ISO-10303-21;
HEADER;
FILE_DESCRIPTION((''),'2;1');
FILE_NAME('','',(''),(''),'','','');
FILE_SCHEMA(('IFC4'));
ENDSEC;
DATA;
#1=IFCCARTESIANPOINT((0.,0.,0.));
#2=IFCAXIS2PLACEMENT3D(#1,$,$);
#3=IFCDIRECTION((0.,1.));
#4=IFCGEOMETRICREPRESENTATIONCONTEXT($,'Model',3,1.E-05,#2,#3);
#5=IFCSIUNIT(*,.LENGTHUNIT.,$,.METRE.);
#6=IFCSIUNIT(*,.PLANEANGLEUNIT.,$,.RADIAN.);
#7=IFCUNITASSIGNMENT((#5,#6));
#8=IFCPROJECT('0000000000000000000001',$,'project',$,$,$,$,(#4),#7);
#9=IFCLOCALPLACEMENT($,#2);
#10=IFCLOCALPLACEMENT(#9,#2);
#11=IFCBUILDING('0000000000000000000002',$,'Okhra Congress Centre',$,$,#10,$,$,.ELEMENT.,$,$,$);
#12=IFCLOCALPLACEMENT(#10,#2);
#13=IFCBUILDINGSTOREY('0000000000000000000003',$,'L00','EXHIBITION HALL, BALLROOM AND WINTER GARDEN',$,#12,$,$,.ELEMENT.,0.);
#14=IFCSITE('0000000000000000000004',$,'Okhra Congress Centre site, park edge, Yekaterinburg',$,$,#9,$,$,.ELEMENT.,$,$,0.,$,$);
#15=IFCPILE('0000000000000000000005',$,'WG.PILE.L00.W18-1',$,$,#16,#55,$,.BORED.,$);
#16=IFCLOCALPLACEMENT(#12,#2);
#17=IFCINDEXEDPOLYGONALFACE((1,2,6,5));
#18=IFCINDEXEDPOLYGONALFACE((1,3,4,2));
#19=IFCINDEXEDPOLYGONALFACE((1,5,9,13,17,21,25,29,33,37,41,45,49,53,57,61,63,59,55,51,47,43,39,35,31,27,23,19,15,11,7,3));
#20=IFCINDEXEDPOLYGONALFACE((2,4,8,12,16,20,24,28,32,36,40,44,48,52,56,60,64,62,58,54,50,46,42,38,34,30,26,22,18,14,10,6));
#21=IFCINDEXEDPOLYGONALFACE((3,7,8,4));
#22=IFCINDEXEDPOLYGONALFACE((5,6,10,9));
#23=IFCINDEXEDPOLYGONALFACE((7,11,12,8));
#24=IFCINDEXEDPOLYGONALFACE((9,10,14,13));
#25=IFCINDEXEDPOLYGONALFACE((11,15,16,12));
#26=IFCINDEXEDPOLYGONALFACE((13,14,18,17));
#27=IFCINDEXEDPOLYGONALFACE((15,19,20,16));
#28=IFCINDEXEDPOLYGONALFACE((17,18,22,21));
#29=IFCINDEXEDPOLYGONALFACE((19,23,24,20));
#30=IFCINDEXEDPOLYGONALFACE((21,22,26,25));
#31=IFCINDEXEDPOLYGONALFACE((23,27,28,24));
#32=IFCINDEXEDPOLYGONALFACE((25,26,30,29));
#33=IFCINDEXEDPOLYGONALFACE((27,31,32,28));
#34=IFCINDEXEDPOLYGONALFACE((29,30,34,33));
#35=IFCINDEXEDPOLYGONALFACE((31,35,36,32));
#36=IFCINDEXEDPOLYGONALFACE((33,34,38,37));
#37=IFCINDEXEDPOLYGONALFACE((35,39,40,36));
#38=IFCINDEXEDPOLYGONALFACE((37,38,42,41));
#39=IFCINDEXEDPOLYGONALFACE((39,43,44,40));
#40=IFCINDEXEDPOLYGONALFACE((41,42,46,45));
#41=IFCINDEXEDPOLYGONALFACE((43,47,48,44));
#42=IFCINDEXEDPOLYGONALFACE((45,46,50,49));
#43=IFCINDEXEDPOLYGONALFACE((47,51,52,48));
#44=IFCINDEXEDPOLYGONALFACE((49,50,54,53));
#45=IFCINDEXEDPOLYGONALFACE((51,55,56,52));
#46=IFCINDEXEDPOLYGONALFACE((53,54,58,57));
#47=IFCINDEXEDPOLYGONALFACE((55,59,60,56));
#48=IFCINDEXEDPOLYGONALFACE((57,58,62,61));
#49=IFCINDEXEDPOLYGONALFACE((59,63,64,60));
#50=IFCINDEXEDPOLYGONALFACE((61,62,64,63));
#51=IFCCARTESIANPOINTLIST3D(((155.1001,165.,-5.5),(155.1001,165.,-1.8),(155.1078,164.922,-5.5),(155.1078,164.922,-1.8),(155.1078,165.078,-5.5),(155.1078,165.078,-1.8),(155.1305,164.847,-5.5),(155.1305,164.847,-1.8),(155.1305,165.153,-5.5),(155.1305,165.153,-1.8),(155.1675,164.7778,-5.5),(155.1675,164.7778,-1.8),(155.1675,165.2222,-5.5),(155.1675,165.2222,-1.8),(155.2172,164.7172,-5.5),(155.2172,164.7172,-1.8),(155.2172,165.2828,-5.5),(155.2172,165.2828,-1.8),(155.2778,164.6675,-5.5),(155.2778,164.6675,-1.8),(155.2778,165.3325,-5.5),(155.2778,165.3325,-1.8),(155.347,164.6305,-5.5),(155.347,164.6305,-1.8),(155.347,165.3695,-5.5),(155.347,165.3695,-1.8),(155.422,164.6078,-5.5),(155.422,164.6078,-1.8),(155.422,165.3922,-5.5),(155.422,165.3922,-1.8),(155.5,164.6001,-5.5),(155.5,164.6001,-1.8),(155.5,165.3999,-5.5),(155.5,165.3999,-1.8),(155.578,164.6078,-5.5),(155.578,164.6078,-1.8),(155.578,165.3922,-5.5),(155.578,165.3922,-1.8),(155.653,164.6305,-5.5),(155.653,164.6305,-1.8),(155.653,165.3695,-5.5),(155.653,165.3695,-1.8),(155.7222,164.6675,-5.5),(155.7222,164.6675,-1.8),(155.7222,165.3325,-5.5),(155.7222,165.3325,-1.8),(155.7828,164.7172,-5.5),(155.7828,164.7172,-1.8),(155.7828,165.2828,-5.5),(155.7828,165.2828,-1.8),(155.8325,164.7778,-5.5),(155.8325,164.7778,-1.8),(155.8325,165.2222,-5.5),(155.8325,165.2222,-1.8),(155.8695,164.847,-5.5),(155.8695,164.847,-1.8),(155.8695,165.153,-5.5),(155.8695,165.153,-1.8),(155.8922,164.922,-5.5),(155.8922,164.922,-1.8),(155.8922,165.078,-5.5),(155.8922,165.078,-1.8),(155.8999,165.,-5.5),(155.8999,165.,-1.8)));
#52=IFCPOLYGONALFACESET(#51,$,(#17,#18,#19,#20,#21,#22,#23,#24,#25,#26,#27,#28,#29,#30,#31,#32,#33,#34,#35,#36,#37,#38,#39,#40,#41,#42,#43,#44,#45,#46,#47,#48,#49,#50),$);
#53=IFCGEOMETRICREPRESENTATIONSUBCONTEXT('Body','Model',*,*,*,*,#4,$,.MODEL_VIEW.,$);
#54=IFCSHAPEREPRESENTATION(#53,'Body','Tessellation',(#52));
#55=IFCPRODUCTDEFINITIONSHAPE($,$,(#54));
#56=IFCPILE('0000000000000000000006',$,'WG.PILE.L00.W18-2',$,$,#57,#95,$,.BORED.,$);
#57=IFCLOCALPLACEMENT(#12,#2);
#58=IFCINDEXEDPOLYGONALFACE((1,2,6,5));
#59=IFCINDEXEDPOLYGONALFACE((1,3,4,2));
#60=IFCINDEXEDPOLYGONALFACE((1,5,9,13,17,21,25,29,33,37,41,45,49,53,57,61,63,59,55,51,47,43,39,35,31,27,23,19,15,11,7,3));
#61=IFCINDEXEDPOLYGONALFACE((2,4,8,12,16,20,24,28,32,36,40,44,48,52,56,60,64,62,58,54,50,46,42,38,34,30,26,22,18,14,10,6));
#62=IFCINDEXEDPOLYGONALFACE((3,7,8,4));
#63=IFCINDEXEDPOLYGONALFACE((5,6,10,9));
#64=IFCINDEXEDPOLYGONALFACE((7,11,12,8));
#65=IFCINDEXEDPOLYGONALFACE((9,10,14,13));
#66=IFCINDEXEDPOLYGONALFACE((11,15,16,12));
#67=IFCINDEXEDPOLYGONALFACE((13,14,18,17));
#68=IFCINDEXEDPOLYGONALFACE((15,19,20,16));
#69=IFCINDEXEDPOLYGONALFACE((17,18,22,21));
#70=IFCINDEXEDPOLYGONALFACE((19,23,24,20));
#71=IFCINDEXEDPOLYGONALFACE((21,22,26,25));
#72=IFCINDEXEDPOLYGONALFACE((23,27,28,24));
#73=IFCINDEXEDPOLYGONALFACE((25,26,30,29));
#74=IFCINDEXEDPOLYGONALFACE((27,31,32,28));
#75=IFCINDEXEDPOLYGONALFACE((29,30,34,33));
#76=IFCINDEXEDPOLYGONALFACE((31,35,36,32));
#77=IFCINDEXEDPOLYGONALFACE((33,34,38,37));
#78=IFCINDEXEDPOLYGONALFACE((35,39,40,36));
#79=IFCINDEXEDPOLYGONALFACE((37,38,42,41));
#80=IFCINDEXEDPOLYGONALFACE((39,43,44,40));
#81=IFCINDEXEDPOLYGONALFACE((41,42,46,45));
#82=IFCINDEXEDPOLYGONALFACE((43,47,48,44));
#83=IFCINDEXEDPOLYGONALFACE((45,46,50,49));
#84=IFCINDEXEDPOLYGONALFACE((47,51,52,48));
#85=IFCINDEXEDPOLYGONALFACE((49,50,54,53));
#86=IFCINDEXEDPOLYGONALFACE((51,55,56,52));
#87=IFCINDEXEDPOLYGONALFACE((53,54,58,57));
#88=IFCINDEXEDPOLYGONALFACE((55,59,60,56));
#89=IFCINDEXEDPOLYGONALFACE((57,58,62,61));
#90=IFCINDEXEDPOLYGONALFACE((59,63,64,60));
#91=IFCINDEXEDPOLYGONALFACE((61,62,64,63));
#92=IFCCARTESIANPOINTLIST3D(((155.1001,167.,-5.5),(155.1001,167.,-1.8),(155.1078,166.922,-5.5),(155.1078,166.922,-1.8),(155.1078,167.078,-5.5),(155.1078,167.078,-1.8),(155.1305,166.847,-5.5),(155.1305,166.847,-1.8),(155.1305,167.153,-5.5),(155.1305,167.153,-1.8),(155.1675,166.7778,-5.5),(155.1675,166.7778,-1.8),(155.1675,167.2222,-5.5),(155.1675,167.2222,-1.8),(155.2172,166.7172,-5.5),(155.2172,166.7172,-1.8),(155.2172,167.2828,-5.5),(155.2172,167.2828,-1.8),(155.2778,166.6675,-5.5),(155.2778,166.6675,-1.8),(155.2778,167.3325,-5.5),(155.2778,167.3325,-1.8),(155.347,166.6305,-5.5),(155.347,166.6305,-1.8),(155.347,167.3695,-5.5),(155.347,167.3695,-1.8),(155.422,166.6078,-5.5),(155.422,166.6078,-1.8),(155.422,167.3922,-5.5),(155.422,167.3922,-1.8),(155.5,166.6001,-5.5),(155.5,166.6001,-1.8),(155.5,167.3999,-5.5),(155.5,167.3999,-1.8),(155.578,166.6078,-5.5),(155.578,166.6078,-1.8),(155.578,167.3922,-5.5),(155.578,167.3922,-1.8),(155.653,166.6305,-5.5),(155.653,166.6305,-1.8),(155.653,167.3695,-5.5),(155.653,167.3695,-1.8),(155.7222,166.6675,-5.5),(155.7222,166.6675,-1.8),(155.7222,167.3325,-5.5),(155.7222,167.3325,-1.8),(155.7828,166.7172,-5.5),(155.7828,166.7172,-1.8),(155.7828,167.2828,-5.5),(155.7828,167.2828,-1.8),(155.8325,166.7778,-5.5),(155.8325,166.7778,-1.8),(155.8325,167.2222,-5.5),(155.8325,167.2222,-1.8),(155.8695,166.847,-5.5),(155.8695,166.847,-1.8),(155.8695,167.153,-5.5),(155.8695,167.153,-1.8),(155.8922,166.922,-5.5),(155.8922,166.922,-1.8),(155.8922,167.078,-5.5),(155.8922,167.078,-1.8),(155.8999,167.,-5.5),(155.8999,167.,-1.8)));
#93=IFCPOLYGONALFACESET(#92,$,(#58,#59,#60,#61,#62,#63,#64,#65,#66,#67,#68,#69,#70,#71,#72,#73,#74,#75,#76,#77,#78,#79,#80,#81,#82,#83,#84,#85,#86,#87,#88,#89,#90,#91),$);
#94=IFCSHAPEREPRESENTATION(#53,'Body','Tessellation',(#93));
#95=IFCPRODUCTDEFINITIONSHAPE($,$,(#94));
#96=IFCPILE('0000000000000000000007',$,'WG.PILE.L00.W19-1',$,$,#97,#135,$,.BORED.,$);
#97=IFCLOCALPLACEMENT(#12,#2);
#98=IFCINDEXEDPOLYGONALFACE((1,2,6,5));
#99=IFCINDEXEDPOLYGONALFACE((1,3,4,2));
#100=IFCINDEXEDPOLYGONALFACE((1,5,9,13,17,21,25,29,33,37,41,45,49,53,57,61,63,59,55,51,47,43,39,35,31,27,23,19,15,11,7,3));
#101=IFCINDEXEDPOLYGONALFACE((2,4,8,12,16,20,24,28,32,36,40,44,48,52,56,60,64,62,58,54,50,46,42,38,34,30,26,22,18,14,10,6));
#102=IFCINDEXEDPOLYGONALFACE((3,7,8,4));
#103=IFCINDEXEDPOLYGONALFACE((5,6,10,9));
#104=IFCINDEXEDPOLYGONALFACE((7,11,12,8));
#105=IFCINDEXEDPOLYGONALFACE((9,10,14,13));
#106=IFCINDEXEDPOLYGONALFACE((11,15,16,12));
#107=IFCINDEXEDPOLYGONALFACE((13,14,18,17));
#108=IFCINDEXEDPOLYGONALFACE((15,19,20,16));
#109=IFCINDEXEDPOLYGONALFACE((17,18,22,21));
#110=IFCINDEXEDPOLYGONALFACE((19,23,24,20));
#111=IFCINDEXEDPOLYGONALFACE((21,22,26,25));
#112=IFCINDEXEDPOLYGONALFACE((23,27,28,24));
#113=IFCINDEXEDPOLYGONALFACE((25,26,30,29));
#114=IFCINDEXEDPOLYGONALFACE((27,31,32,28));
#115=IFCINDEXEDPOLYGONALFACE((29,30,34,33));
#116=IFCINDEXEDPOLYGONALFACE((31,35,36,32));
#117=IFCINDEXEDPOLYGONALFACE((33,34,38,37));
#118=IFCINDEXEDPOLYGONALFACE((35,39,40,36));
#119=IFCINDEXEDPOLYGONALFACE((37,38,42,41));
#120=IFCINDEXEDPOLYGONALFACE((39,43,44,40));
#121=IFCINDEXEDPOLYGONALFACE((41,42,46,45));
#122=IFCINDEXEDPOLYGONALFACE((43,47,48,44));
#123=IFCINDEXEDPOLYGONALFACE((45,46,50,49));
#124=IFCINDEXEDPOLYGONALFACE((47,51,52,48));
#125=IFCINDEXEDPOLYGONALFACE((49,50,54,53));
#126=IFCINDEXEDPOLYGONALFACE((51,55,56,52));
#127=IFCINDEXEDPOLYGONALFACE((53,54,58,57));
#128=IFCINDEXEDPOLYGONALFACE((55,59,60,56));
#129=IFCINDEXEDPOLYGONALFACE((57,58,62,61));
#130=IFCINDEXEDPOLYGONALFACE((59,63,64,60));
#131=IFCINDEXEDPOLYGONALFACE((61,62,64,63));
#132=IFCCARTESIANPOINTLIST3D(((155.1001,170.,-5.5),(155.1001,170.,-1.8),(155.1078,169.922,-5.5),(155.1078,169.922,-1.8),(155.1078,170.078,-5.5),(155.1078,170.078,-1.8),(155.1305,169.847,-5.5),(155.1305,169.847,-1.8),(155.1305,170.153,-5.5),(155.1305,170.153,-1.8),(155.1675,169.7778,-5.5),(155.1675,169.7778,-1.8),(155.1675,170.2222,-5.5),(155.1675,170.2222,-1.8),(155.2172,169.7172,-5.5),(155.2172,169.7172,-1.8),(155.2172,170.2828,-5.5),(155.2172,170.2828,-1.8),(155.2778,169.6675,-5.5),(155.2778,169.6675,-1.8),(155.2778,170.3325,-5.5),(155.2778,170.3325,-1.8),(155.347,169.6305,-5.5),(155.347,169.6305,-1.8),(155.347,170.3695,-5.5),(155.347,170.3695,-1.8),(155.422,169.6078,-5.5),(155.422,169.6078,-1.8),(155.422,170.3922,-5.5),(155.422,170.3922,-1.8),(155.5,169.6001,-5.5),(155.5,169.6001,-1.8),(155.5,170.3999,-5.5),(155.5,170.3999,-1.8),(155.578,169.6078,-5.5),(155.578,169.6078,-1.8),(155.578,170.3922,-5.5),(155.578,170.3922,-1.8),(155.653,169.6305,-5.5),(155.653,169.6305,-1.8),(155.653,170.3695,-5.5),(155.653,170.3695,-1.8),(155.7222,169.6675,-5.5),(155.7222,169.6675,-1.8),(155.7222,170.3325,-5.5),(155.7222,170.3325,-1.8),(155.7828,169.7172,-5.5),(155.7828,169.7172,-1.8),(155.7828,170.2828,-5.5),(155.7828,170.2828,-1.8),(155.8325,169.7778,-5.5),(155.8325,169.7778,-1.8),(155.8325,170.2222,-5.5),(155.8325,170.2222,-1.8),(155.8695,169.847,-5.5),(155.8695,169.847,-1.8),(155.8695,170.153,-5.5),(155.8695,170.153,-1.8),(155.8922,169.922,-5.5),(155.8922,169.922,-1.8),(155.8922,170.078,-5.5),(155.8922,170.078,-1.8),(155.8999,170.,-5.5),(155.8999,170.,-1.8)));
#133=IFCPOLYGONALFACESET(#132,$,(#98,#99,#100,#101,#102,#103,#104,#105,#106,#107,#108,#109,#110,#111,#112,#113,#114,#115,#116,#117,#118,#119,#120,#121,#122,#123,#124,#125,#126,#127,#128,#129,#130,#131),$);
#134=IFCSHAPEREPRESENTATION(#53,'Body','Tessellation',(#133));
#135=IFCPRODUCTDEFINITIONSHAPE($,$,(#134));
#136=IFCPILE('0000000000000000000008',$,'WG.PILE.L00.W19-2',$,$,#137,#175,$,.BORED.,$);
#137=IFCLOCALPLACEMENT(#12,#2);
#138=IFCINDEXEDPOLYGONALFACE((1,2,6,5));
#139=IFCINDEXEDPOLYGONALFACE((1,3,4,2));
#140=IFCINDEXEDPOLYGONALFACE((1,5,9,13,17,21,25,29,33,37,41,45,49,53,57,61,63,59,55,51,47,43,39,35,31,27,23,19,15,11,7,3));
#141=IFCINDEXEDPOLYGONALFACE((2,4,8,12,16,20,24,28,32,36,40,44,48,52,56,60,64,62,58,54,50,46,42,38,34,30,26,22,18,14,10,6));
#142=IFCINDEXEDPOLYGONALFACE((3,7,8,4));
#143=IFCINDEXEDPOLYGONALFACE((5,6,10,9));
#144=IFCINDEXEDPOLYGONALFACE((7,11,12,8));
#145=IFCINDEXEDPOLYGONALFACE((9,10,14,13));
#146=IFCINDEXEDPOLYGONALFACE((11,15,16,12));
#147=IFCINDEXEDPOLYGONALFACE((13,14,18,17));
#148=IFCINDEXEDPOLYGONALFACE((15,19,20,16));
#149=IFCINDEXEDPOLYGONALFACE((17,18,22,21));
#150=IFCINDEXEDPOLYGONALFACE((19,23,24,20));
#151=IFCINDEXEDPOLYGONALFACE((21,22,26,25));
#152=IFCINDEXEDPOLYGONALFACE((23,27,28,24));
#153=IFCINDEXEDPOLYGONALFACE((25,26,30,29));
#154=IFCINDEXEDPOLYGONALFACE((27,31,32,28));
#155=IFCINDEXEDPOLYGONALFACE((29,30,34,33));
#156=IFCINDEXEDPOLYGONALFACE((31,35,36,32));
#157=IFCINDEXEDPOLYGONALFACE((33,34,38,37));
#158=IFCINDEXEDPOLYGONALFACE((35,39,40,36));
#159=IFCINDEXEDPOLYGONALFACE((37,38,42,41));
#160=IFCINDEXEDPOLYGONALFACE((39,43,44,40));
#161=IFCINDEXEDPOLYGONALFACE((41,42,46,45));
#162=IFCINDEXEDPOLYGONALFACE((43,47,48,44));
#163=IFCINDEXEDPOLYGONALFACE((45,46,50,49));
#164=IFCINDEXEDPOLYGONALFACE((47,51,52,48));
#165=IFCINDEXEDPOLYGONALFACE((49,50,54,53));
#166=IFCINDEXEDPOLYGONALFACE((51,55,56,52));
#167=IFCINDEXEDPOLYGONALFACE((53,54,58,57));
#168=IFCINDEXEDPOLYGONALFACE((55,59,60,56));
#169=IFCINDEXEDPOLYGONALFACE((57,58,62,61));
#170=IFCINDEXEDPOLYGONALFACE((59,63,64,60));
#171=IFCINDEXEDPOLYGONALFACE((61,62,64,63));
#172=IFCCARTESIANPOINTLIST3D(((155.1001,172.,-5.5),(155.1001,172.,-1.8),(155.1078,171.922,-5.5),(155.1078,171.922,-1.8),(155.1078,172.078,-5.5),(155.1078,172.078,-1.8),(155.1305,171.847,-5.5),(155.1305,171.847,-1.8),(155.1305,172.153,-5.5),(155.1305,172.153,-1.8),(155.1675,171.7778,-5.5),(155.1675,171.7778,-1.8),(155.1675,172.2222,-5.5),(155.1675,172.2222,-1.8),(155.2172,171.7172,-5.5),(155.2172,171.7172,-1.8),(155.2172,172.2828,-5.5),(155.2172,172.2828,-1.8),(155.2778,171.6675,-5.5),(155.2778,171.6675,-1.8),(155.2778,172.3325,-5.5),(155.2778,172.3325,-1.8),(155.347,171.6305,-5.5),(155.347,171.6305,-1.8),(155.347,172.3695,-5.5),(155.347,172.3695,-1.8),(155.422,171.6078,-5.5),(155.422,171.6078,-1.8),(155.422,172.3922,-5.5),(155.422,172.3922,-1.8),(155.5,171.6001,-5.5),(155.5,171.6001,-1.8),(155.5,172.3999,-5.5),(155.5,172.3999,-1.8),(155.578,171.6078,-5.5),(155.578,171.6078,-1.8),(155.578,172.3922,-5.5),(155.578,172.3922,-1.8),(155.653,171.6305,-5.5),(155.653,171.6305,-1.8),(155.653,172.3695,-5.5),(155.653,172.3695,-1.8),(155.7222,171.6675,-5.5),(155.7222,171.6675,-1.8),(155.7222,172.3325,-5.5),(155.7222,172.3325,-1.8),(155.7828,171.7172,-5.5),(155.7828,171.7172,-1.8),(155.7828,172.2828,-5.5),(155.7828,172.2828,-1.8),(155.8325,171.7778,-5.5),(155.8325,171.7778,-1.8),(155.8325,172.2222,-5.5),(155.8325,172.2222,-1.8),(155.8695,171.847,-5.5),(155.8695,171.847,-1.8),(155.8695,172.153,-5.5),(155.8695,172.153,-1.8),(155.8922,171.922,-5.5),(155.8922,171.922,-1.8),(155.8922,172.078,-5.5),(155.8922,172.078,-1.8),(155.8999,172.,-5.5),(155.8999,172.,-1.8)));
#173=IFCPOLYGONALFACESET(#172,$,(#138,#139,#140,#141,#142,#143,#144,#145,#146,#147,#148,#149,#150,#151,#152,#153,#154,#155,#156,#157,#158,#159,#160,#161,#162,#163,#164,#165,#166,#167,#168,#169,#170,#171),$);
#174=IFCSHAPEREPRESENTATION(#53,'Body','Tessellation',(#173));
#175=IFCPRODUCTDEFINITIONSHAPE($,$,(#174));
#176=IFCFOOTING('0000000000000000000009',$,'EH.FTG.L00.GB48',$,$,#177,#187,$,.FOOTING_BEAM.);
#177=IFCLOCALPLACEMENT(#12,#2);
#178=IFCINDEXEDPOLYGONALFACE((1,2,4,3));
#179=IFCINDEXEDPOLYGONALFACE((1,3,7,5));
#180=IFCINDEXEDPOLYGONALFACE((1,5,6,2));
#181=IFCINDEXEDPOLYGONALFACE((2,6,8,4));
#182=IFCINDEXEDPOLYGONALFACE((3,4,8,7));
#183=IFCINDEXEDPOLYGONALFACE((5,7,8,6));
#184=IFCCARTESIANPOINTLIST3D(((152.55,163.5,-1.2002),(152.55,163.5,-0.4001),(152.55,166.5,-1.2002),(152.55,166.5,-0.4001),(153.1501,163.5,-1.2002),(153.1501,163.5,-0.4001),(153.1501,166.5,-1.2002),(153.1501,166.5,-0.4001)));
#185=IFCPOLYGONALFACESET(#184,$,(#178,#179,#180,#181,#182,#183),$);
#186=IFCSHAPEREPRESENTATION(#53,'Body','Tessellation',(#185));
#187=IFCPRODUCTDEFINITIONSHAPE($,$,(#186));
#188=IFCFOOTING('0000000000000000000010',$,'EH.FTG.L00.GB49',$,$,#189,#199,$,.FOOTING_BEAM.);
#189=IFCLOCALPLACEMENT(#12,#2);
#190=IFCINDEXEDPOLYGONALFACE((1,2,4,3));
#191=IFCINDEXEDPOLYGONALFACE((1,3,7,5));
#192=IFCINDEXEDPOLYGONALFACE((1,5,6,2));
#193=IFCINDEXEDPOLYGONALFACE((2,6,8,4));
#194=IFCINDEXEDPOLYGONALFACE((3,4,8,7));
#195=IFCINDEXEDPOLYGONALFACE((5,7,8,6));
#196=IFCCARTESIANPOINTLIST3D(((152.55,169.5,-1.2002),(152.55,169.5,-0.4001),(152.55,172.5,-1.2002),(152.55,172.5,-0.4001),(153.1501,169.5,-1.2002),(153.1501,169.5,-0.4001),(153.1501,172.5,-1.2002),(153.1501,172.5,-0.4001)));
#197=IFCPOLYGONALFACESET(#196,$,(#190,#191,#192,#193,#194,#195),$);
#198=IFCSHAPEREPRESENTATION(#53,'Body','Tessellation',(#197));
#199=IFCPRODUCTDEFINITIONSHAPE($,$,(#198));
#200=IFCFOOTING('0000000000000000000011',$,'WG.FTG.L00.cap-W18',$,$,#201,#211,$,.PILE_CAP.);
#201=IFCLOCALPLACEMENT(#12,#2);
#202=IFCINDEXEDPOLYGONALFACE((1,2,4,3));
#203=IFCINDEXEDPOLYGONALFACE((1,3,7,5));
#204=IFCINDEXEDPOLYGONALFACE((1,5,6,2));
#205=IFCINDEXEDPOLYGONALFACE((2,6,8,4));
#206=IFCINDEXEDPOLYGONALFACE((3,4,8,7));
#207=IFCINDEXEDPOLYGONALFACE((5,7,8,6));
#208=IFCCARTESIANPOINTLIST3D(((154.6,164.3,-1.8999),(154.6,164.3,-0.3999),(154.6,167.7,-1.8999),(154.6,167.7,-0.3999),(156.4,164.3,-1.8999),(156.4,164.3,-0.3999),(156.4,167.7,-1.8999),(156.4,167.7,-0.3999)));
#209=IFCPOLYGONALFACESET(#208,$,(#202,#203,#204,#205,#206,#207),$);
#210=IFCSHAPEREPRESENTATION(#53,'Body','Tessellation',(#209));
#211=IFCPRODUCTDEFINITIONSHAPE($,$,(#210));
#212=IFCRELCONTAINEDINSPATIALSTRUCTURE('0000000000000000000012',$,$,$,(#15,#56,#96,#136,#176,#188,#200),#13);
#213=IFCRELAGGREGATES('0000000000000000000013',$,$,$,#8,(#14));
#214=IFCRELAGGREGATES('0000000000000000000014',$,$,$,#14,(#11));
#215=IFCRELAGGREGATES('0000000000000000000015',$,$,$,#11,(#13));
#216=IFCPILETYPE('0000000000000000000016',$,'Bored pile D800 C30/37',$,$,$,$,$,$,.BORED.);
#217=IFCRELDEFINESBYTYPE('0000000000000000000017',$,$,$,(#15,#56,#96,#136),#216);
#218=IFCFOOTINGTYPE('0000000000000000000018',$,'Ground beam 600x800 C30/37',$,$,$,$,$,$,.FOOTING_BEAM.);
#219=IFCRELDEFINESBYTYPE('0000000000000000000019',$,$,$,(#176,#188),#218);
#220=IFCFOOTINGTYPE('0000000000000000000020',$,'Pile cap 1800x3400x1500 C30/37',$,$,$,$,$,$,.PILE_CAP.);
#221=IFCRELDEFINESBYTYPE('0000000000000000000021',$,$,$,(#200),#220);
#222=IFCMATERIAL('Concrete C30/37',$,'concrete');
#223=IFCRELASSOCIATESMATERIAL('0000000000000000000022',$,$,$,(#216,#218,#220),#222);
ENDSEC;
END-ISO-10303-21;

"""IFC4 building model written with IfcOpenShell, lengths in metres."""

from ifc_helpers import new_model, si_unit, direction, frame, origin, origin_2d, place, context, subcontext, project, spatial, rectangle, circle, extrude, material, material_profile, profile_set, type_object, element, save


model = new_model("IFC4")

# Units and contexts
model_context = context("Model", 3, precision=1e-05, world=origin(), true_north=direction((0.0, 1.0)))
body_context = subcontext(model_context, "Body", "Model", "MODEL_VIEW")
ifc_project = project(units=[si_unit("LENGTHUNIT", "METRE"), si_unit("PLANEANGLEUNIT", "RADIAN")], contexts=[model_context])

# Site, building, storey
site_placement = place(None, origin())
site = spatial("IfcSite", under=ifc_project, at=site_placement, Name="Okhra Congress Centre site, park edge, Yekaterinburg", CompositionType="ELEMENT", RefElevation=0.0)
building_placement = place(site_placement, origin())
building = spatial("IfcBuilding", under=site, at=building_placement, Name="Okhra Congress Centre", CompositionType="ELEMENT")
storey_placement = place(building_placement, origin())
storey = spatial("IfcBuildingStorey", under=building, at=storey_placement, Name="L00", Description="EXHIBITION HALL, BALLROOM AND WINTER GARDEN", CompositionType="ELEMENT", Elevation=0.0)

# Piles
ifc_material_1 = material(Name="Concrete C30/37", Category="concrete")
ifc_material_profile_1 = material_profile(ifc_material_1, circle(Radius=0.3999, at=origin_2d()), Name="D800")
ifc_profile_set_1 = profile_set([ifc_material_profile_1], Name="Concrete C30/37")
pile_type_1 = type_object("IfcPileType", Name="Bored pile D800 C30/37", PredefinedType="BORED", material=ifc_profile_set_1)
for number, where, z_axis, x_axis, name in (
    (1, (155.5, 165.0, -1.8), (0.0, 0.0, -1.0), (1.0, 0.0, 0.0), "WG.PILE.L00.W18-1"),
    (2, (155.5, 167.0, -1.8), (0.0, 0.0, -1.0), (1.0, 0.0, 0.0), "WG.PILE.L00.W18-2"),
    (3, (155.5, 170.0, -1.8), (0.0, 0.0, -1.0), (1.0, 0.0, 0.0), "WG.PILE.L00.W19-1"),
    (4, (155.5, 172.0, -1.8), (0.0, 0.0, -1.0), (1.0, 0.0, 0.0), "WG.PILE.L00.W19-2"),
):
    element("IfcPile", number, at=place(storey_placement, frame(where, z_axis=z_axis, x_axis=x_axis)), inside=storey, type_object=pile_type_1, Name=name, PredefinedType="BORED", context=body_context, shape_type="SweptSolid", body=[
        extrude(circle(Radius=0.3999, at=origin_2d()), origin(), (0.0, 0.0, 1.0), 3.7),
    ])

# Footings
footing_type_1 = type_object("IfcFootingType", Name="Ground beam 600x800 C30/37", PredefinedType="FOOTING_BEAM", material=ifc_material_1)
for number, where, z_axis, x_axis, name in (
    (5, (152.8501, 165.0, -1.2002), (0.0, 0.0, 1.0), (0.0, 1.0, 0.0), "EH.FTG.L00.GB48"),
    (6, (152.8501, 171.0, -1.2002), (0.0, 0.0, 1.0), (0.0, 1.0, 0.0), "EH.FTG.L00.GB49"),
):
    element("IfcFooting", number, at=place(storey_placement, frame(where, z_axis=z_axis, x_axis=x_axis)), inside=storey, type_object=footing_type_1, Name=name, PredefinedType="FOOTING_BEAM", context=body_context, shape_type="SweptSolid", body=[
        extrude(rectangle(XDim=3.0, YDim=0.6001, at=origin_2d()), origin(), (0.0, 0.0, 1.0), 0.8),
    ])
footing_type_2 = type_object("IfcFootingType", Name="Pile cap 1800x3400x1500 C30/37", PredefinedType="PILE_CAP", material=ifc_material_1)
for number, where, z_axis, x_axis, name in (
    (7, (155.5, 166.0, -1.8999), (0.0, 0.0, 1.0), (1.0, 0.0, 0.0), "WG.FTG.L00.cap-W18"),
):
    element("IfcFooting", number, at=place(storey_placement, frame(where, z_axis=z_axis, x_axis=x_axis)), inside=storey, type_object=footing_type_2, Name=name, PredefinedType="PILE_CAP", context=body_context, shape_type="SweptSolid", body=[
        extrude(rectangle(XDim=1.8, YDim=3.3999, at=origin_2d()), origin(), (0.0, 0.0, 1.0), 1.5),
    ])

save(model, "model.ifc")
